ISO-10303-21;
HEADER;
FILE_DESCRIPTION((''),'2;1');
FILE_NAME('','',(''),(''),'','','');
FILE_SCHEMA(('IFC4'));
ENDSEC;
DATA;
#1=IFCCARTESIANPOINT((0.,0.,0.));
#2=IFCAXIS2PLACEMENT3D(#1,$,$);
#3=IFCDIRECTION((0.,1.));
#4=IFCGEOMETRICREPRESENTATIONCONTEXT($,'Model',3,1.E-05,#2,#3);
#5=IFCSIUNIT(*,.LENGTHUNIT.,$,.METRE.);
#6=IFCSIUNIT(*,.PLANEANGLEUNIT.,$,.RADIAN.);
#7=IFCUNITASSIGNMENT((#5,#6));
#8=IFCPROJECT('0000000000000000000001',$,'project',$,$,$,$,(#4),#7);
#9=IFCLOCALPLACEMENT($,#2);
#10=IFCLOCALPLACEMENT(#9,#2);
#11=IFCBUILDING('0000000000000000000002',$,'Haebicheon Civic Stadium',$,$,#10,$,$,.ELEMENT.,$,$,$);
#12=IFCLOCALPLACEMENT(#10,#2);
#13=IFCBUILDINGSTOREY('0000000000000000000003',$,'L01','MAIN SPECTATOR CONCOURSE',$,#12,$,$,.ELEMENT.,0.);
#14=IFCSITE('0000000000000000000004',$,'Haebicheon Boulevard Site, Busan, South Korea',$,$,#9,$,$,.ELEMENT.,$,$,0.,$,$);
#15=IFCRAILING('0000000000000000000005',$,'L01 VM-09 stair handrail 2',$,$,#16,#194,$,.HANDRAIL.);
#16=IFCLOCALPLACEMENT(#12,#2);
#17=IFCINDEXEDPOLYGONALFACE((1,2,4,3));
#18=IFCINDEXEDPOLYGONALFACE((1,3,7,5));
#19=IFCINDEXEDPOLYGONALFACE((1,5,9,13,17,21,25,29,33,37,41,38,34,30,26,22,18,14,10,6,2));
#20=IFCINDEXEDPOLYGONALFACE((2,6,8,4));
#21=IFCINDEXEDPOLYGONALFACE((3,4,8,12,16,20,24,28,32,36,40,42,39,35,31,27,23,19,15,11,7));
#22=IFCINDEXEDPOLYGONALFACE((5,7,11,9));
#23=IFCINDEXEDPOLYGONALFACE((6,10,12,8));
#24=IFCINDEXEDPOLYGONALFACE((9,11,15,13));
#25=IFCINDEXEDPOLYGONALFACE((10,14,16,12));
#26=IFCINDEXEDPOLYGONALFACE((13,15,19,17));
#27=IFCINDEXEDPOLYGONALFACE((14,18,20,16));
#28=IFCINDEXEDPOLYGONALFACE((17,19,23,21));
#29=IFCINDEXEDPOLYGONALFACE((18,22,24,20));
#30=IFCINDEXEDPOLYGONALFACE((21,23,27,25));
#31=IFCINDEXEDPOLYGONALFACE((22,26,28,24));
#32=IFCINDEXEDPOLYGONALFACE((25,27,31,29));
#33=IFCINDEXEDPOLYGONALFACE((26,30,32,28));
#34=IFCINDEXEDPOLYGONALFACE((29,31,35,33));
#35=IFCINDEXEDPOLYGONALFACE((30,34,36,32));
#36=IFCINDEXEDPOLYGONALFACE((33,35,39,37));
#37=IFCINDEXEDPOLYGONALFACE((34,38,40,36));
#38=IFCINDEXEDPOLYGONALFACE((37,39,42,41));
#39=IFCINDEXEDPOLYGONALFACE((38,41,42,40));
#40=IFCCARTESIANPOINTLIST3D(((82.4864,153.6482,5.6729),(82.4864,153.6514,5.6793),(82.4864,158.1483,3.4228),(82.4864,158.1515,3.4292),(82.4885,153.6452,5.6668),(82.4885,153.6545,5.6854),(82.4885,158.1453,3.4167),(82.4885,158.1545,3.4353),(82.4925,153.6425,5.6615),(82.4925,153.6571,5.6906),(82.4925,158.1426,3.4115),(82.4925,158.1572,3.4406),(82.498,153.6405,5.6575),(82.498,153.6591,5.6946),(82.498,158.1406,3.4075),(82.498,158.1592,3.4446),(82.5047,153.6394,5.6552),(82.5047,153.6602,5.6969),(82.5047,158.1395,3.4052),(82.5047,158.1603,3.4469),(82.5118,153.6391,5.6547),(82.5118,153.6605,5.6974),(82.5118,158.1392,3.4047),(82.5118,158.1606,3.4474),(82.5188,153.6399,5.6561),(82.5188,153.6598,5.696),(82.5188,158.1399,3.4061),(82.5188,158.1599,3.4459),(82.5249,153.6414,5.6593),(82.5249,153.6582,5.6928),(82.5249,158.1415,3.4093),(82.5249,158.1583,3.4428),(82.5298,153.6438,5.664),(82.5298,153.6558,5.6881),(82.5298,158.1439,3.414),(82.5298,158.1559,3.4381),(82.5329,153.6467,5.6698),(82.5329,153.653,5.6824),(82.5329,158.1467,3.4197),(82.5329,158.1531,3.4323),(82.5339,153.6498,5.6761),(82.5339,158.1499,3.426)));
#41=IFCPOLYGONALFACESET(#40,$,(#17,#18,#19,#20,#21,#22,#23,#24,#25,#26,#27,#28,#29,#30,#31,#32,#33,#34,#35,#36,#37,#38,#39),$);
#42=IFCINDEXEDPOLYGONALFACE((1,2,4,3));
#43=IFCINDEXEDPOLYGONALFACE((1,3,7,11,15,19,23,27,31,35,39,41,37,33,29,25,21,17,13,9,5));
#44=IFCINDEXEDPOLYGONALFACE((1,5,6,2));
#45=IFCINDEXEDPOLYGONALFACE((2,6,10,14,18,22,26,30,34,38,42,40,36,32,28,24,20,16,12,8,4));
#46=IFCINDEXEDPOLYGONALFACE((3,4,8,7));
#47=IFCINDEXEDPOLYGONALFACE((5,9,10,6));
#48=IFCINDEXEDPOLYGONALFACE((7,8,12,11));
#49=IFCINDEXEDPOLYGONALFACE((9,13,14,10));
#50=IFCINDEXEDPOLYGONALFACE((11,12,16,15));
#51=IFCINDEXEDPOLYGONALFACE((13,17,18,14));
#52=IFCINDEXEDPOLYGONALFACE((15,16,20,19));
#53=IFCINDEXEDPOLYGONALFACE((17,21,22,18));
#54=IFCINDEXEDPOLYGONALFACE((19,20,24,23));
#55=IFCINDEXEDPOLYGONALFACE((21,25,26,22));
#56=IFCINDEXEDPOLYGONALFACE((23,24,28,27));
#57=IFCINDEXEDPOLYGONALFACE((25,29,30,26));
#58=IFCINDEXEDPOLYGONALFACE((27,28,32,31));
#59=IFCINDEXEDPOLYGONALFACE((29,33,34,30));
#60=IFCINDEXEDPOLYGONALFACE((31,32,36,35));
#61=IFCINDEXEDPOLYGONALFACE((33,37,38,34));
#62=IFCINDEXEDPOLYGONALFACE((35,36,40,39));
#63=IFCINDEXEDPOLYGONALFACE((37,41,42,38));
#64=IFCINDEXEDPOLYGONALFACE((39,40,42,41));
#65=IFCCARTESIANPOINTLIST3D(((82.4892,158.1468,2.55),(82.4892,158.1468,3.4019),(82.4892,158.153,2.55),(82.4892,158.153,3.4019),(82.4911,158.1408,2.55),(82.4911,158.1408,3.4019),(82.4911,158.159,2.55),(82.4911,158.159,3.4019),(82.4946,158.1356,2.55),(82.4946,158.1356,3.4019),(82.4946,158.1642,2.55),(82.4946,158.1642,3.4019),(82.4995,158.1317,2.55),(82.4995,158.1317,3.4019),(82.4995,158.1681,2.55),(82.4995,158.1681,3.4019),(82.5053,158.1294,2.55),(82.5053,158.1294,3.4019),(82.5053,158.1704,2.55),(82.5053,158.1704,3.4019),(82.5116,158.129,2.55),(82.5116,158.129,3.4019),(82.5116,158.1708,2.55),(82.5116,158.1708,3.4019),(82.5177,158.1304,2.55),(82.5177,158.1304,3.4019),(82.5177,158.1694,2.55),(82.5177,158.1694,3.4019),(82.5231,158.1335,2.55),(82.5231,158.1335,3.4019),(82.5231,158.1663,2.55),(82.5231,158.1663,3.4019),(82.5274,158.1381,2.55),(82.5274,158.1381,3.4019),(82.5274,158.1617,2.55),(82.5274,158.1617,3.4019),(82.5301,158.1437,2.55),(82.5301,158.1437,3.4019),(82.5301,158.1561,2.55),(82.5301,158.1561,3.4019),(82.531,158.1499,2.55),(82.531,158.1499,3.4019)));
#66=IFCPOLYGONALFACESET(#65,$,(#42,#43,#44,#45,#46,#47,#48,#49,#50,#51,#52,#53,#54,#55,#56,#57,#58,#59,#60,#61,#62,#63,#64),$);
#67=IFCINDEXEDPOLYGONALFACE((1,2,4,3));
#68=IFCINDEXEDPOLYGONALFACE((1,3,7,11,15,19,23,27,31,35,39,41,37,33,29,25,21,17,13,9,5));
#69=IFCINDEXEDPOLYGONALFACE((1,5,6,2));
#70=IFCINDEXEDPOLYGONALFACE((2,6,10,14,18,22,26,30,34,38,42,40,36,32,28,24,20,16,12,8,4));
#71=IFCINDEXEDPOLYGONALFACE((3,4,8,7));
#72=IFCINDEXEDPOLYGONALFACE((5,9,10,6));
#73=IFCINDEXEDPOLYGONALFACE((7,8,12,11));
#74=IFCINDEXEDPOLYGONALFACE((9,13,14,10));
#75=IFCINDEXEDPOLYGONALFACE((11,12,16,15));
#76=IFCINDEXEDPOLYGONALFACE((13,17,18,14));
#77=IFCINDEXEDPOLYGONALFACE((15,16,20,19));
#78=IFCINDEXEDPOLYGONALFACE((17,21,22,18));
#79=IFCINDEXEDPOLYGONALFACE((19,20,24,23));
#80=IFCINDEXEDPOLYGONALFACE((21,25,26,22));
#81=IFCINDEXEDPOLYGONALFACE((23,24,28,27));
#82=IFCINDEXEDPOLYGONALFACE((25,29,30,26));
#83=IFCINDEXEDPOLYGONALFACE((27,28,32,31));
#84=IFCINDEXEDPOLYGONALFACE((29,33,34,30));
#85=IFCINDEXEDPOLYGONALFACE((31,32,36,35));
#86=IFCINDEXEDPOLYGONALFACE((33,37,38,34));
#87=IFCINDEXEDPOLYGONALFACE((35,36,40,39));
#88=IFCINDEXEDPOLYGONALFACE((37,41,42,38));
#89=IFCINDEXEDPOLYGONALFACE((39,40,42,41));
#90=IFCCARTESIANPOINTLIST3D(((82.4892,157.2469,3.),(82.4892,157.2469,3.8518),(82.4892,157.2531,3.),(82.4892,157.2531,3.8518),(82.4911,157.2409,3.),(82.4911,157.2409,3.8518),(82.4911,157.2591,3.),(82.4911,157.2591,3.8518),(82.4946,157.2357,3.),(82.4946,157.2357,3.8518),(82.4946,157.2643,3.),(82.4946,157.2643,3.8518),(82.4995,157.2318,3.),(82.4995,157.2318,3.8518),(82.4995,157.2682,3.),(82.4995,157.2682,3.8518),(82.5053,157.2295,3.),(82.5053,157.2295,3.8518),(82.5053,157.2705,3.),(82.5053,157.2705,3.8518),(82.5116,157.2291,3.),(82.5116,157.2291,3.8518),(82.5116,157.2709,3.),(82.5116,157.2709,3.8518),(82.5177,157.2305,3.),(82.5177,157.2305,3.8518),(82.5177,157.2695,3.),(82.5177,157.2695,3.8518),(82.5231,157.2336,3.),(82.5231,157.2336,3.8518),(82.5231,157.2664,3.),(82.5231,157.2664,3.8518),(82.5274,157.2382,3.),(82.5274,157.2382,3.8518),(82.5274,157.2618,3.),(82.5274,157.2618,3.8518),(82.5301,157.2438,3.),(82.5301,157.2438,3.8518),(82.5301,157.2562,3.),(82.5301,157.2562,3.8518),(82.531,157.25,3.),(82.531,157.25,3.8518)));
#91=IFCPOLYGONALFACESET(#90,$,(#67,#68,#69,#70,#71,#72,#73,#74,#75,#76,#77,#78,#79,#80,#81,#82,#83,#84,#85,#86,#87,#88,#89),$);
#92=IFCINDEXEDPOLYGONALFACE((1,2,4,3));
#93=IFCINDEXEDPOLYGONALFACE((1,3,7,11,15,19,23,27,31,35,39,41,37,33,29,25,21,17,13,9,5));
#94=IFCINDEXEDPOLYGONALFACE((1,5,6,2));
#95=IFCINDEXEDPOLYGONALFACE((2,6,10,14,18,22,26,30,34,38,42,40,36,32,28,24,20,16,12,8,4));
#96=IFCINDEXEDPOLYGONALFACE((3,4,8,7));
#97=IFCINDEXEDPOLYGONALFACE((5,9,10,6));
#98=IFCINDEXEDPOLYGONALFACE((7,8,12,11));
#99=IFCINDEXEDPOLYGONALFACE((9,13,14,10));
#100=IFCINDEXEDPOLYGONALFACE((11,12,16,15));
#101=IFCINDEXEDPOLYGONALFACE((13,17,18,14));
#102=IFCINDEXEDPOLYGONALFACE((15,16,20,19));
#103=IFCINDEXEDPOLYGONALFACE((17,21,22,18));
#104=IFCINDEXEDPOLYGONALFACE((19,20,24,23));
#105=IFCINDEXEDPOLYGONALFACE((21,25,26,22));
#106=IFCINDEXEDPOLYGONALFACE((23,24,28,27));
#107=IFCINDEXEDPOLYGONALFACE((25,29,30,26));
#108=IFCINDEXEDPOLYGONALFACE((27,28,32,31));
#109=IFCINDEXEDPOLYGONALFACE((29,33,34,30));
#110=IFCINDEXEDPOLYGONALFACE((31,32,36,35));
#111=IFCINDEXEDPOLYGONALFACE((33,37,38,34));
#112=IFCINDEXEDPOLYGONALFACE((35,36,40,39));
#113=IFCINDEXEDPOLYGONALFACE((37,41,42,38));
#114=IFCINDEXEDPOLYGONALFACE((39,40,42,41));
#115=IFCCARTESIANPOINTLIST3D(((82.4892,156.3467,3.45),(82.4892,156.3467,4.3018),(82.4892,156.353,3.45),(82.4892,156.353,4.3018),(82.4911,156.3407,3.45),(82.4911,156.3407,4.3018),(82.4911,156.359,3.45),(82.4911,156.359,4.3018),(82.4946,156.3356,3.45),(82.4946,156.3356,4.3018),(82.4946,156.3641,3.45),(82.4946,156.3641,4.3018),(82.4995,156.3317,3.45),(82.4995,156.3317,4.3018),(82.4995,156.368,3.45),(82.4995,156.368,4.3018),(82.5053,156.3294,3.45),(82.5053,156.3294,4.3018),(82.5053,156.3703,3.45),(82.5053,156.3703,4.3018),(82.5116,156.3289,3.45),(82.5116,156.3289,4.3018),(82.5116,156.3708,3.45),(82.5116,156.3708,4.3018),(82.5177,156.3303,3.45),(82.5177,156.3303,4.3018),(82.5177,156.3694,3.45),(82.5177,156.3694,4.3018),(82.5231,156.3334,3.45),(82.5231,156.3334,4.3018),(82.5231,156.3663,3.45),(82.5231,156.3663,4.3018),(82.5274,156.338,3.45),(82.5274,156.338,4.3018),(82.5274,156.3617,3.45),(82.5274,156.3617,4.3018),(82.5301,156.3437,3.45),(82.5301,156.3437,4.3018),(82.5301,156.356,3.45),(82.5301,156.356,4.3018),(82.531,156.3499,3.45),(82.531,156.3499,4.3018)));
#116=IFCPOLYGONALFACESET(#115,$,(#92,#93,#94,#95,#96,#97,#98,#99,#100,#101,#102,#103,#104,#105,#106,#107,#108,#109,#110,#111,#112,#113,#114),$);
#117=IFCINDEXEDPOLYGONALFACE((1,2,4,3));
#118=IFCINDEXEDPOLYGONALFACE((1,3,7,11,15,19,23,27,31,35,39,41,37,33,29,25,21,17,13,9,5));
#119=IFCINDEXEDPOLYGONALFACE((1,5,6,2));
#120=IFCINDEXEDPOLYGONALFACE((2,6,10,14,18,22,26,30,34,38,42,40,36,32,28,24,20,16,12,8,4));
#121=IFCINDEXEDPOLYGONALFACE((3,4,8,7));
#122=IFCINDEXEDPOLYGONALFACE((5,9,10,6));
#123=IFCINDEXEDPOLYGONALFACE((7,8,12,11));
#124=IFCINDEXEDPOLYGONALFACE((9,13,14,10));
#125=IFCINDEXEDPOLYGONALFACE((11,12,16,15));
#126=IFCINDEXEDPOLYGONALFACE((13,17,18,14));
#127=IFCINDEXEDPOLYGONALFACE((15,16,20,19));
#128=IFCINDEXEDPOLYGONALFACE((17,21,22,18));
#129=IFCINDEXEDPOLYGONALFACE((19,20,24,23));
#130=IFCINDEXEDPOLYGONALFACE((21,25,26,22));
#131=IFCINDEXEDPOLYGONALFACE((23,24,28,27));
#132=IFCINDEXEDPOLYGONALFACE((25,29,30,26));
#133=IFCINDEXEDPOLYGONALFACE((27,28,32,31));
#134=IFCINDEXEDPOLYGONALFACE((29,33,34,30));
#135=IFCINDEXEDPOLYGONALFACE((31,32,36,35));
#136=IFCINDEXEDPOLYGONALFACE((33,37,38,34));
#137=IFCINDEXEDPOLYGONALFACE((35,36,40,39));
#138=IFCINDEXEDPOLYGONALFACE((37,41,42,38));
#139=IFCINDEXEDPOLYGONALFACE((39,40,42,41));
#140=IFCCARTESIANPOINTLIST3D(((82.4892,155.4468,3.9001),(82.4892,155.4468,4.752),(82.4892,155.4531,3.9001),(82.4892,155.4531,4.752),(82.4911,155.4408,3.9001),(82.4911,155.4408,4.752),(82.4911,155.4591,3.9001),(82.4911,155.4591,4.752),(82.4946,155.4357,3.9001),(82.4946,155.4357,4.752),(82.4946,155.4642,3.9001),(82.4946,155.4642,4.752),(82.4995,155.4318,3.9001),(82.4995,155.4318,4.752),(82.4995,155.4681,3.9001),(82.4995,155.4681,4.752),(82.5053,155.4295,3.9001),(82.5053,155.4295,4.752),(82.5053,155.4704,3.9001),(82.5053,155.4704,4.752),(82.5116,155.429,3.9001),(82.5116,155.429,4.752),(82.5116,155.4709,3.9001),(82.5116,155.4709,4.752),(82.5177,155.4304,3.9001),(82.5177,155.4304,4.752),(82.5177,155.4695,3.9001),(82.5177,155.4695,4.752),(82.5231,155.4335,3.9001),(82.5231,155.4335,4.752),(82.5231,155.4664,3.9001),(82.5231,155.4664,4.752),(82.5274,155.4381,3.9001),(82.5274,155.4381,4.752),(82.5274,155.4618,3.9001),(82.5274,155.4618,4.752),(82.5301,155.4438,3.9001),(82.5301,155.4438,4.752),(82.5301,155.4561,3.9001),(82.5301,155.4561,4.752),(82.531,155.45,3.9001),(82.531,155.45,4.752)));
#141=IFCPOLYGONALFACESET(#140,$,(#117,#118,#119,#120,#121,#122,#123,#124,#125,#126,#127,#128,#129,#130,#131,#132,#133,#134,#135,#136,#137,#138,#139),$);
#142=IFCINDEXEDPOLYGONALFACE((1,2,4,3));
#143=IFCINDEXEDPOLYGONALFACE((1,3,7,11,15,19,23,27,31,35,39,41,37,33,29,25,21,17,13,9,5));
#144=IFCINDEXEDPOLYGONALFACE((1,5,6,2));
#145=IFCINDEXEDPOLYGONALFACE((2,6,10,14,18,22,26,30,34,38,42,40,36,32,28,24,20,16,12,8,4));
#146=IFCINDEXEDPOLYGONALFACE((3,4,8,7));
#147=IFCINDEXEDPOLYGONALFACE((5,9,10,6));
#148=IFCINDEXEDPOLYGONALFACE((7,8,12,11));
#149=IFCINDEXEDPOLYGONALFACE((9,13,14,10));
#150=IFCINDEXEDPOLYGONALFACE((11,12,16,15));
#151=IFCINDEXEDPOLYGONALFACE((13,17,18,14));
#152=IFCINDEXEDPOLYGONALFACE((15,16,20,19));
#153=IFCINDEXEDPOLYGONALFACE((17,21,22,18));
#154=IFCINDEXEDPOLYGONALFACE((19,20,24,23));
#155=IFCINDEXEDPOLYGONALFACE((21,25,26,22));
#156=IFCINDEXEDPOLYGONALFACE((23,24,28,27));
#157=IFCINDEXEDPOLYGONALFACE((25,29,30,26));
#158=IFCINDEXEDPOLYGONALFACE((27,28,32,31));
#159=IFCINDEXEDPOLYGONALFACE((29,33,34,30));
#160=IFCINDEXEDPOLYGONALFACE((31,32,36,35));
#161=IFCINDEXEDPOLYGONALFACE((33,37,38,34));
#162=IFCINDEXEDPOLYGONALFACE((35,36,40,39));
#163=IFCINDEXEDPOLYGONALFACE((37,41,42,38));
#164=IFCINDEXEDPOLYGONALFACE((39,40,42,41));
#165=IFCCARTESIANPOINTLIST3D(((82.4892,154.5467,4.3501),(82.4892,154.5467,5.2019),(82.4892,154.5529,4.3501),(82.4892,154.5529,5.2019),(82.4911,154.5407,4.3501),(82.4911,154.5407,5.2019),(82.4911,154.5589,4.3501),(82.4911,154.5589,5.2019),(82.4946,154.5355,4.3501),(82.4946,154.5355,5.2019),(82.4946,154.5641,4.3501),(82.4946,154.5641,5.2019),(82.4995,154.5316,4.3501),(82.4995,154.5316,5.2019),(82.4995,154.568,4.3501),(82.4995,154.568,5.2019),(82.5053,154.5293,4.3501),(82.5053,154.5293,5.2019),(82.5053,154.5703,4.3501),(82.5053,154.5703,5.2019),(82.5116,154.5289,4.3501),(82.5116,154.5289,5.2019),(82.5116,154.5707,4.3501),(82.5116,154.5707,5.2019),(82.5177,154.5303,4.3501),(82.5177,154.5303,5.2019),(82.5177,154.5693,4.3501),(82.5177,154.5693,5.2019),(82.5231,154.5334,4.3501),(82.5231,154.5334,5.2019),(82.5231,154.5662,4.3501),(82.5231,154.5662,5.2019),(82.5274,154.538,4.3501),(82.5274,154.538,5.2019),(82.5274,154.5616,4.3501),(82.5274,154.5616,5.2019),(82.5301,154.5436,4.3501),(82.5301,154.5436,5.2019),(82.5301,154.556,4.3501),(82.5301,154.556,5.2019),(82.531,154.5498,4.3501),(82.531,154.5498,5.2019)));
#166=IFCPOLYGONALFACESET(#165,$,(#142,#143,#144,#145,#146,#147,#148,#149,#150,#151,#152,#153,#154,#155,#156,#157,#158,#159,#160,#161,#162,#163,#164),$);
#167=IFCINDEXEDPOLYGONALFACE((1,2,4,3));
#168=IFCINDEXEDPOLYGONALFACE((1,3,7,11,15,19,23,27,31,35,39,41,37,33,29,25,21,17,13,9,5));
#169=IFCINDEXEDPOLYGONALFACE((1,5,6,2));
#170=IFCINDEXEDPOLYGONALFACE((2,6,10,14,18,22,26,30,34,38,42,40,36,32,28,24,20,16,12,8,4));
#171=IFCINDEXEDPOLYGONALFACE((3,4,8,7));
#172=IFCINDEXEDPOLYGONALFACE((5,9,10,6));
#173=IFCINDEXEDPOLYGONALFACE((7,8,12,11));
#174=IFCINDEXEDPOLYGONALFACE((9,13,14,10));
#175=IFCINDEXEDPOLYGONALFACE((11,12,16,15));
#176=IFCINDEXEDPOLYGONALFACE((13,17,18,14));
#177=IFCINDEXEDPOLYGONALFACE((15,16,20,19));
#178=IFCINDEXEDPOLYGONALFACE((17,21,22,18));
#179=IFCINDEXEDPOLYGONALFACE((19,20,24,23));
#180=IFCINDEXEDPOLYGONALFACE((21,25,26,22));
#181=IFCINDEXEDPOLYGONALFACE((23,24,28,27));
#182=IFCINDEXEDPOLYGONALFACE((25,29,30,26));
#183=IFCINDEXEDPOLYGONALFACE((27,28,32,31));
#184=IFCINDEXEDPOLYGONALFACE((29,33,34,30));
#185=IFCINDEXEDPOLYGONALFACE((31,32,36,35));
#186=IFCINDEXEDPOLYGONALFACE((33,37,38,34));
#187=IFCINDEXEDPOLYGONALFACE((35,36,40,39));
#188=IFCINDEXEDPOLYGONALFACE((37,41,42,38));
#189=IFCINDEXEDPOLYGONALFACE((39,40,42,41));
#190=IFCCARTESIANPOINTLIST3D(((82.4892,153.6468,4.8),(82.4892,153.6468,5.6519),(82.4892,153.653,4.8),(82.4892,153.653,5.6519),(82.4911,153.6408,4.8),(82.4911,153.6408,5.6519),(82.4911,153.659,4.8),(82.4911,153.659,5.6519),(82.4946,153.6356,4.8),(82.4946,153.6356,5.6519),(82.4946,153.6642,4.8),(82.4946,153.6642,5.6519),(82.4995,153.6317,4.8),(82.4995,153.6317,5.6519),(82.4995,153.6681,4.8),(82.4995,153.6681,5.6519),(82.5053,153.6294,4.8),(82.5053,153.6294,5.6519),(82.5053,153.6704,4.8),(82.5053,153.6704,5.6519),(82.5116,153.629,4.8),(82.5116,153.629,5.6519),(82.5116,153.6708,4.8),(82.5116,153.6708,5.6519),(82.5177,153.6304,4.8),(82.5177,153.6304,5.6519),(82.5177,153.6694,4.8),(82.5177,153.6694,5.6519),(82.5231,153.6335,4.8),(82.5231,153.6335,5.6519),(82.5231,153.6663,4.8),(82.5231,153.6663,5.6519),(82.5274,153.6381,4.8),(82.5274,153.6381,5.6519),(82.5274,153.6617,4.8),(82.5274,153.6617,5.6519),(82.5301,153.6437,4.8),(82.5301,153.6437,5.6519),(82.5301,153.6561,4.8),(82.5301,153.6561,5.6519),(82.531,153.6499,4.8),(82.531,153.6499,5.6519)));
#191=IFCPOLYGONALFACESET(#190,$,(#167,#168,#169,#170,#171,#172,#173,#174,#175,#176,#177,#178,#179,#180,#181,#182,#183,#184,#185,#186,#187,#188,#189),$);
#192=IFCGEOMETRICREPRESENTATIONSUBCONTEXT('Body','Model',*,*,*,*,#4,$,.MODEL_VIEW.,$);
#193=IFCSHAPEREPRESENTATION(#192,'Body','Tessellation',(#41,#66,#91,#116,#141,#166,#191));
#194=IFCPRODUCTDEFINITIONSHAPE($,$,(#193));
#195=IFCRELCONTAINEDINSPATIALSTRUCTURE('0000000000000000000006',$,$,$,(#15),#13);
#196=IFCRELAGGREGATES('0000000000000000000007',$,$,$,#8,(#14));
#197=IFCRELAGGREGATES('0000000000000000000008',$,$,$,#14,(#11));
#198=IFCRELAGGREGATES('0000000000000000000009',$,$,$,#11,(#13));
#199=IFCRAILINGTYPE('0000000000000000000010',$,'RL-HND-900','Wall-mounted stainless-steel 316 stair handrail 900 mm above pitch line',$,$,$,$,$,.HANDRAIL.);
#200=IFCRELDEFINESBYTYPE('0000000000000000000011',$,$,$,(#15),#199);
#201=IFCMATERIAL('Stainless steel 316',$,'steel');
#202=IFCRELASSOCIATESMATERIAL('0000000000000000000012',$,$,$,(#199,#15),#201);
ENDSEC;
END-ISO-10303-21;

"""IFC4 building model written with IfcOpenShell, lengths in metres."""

from ifc_helpers import new_model, si_unit, direction, frame, origin, origin_2d, place, context, subcontext, project, spatial, circle, extrude, material, type_object, element, save


model = new_model("IFC4")

# Units and contexts
model_context = context("Model", 3, precision=1e-05, world=origin(), true_north=direction((0.0, 1.0)))
body_context = subcontext(model_context, "Body", "Model", "MODEL_VIEW")
ifc_project = project(units=[si_unit("LENGTHUNIT", "METRE"), si_unit("PLANEANGLEUNIT", "RADIAN")], contexts=[model_context])

# Site, building, storey
site_placement = place(None, origin())
site = spatial("IfcSite", under=ifc_project, at=site_placement, Name="Haebicheon Boulevard Site, Busan, South Korea", CompositionType="ELEMENT", RefElevation=0.0)
building_placement = place(site_placement, origin())
building = spatial("IfcBuilding", under=site, at=building_placement, Name="Haebicheon Civic Stadium", CompositionType="ELEMENT")
storey_placement = place(building_placement, origin())
storey = spatial("IfcBuildingStorey", under=building, at=storey_placement, Name="L01", Description="MAIN SPECTATOR CONCOURSE", CompositionType="ELEMENT", Elevation=0.0)

# Railing
ifc_material_1 = material(Name="Stainless steel 316", Category="steel")
railing_type_1 = type_object("IfcRailingType", Name="RL-HND-900", Description="Wall-mounted stainless-steel 316 stair handrail 900 mm above pitch line", PredefinedType="HANDRAIL", material=ifc_material_1)
railing_1_placement = place(storey_placement, frame((82.51, 158.1499, 2.55)))
element("IfcRailing", 1, at=railing_1_placement, inside=storey, type_object=railing_type_1, material=ifc_material_1, Name="L01 VM-09 stair handrail 2", PredefinedType="HANDRAIL", context=body_context, shape_type="SweptSolid", body=[
    extrude(circle(Radius=0.0239, at=origin_2d()), frame((0.0, 0.0, 0.876), z_axis=(0.0, -0.894427, 0.447214), x_axis=(1.0, 0.0, 0.0)), (0.0, 0.0, 1.0), 5.0312),
    extrude(circle(Radius=0.021, at=origin_2d()), origin(), (0.0, 0.0, 1.0), 0.8518),
    extrude(circle(Radius=0.021, at=origin_2d()), frame((0.0, -0.8999, 0.45)), (0.0, 0.0, 1.0), 0.8518),
    extrude(circle(Radius=0.021, at=origin_2d()), frame((0.0, -1.8, 0.8999)), (0.0, 0.0, 1.0), 0.8518),
    extrude(circle(Radius=0.021, at=origin_2d()), frame((0.0, -2.7, 1.3501)), (0.0, 0.0, 1.0), 0.8518),
    extrude(circle(Radius=0.021, at=origin_2d()), frame((0.0, -3.6001, 1.8)), (0.0, 0.0, 1.0), 0.8518),
    extrude(circle(Radius=0.021, at=origin_2d()), frame((0.0, -4.5, 2.25)), (0.0, 0.0, 1.0), 0.8518),
])

save(model, "model.ifc")
